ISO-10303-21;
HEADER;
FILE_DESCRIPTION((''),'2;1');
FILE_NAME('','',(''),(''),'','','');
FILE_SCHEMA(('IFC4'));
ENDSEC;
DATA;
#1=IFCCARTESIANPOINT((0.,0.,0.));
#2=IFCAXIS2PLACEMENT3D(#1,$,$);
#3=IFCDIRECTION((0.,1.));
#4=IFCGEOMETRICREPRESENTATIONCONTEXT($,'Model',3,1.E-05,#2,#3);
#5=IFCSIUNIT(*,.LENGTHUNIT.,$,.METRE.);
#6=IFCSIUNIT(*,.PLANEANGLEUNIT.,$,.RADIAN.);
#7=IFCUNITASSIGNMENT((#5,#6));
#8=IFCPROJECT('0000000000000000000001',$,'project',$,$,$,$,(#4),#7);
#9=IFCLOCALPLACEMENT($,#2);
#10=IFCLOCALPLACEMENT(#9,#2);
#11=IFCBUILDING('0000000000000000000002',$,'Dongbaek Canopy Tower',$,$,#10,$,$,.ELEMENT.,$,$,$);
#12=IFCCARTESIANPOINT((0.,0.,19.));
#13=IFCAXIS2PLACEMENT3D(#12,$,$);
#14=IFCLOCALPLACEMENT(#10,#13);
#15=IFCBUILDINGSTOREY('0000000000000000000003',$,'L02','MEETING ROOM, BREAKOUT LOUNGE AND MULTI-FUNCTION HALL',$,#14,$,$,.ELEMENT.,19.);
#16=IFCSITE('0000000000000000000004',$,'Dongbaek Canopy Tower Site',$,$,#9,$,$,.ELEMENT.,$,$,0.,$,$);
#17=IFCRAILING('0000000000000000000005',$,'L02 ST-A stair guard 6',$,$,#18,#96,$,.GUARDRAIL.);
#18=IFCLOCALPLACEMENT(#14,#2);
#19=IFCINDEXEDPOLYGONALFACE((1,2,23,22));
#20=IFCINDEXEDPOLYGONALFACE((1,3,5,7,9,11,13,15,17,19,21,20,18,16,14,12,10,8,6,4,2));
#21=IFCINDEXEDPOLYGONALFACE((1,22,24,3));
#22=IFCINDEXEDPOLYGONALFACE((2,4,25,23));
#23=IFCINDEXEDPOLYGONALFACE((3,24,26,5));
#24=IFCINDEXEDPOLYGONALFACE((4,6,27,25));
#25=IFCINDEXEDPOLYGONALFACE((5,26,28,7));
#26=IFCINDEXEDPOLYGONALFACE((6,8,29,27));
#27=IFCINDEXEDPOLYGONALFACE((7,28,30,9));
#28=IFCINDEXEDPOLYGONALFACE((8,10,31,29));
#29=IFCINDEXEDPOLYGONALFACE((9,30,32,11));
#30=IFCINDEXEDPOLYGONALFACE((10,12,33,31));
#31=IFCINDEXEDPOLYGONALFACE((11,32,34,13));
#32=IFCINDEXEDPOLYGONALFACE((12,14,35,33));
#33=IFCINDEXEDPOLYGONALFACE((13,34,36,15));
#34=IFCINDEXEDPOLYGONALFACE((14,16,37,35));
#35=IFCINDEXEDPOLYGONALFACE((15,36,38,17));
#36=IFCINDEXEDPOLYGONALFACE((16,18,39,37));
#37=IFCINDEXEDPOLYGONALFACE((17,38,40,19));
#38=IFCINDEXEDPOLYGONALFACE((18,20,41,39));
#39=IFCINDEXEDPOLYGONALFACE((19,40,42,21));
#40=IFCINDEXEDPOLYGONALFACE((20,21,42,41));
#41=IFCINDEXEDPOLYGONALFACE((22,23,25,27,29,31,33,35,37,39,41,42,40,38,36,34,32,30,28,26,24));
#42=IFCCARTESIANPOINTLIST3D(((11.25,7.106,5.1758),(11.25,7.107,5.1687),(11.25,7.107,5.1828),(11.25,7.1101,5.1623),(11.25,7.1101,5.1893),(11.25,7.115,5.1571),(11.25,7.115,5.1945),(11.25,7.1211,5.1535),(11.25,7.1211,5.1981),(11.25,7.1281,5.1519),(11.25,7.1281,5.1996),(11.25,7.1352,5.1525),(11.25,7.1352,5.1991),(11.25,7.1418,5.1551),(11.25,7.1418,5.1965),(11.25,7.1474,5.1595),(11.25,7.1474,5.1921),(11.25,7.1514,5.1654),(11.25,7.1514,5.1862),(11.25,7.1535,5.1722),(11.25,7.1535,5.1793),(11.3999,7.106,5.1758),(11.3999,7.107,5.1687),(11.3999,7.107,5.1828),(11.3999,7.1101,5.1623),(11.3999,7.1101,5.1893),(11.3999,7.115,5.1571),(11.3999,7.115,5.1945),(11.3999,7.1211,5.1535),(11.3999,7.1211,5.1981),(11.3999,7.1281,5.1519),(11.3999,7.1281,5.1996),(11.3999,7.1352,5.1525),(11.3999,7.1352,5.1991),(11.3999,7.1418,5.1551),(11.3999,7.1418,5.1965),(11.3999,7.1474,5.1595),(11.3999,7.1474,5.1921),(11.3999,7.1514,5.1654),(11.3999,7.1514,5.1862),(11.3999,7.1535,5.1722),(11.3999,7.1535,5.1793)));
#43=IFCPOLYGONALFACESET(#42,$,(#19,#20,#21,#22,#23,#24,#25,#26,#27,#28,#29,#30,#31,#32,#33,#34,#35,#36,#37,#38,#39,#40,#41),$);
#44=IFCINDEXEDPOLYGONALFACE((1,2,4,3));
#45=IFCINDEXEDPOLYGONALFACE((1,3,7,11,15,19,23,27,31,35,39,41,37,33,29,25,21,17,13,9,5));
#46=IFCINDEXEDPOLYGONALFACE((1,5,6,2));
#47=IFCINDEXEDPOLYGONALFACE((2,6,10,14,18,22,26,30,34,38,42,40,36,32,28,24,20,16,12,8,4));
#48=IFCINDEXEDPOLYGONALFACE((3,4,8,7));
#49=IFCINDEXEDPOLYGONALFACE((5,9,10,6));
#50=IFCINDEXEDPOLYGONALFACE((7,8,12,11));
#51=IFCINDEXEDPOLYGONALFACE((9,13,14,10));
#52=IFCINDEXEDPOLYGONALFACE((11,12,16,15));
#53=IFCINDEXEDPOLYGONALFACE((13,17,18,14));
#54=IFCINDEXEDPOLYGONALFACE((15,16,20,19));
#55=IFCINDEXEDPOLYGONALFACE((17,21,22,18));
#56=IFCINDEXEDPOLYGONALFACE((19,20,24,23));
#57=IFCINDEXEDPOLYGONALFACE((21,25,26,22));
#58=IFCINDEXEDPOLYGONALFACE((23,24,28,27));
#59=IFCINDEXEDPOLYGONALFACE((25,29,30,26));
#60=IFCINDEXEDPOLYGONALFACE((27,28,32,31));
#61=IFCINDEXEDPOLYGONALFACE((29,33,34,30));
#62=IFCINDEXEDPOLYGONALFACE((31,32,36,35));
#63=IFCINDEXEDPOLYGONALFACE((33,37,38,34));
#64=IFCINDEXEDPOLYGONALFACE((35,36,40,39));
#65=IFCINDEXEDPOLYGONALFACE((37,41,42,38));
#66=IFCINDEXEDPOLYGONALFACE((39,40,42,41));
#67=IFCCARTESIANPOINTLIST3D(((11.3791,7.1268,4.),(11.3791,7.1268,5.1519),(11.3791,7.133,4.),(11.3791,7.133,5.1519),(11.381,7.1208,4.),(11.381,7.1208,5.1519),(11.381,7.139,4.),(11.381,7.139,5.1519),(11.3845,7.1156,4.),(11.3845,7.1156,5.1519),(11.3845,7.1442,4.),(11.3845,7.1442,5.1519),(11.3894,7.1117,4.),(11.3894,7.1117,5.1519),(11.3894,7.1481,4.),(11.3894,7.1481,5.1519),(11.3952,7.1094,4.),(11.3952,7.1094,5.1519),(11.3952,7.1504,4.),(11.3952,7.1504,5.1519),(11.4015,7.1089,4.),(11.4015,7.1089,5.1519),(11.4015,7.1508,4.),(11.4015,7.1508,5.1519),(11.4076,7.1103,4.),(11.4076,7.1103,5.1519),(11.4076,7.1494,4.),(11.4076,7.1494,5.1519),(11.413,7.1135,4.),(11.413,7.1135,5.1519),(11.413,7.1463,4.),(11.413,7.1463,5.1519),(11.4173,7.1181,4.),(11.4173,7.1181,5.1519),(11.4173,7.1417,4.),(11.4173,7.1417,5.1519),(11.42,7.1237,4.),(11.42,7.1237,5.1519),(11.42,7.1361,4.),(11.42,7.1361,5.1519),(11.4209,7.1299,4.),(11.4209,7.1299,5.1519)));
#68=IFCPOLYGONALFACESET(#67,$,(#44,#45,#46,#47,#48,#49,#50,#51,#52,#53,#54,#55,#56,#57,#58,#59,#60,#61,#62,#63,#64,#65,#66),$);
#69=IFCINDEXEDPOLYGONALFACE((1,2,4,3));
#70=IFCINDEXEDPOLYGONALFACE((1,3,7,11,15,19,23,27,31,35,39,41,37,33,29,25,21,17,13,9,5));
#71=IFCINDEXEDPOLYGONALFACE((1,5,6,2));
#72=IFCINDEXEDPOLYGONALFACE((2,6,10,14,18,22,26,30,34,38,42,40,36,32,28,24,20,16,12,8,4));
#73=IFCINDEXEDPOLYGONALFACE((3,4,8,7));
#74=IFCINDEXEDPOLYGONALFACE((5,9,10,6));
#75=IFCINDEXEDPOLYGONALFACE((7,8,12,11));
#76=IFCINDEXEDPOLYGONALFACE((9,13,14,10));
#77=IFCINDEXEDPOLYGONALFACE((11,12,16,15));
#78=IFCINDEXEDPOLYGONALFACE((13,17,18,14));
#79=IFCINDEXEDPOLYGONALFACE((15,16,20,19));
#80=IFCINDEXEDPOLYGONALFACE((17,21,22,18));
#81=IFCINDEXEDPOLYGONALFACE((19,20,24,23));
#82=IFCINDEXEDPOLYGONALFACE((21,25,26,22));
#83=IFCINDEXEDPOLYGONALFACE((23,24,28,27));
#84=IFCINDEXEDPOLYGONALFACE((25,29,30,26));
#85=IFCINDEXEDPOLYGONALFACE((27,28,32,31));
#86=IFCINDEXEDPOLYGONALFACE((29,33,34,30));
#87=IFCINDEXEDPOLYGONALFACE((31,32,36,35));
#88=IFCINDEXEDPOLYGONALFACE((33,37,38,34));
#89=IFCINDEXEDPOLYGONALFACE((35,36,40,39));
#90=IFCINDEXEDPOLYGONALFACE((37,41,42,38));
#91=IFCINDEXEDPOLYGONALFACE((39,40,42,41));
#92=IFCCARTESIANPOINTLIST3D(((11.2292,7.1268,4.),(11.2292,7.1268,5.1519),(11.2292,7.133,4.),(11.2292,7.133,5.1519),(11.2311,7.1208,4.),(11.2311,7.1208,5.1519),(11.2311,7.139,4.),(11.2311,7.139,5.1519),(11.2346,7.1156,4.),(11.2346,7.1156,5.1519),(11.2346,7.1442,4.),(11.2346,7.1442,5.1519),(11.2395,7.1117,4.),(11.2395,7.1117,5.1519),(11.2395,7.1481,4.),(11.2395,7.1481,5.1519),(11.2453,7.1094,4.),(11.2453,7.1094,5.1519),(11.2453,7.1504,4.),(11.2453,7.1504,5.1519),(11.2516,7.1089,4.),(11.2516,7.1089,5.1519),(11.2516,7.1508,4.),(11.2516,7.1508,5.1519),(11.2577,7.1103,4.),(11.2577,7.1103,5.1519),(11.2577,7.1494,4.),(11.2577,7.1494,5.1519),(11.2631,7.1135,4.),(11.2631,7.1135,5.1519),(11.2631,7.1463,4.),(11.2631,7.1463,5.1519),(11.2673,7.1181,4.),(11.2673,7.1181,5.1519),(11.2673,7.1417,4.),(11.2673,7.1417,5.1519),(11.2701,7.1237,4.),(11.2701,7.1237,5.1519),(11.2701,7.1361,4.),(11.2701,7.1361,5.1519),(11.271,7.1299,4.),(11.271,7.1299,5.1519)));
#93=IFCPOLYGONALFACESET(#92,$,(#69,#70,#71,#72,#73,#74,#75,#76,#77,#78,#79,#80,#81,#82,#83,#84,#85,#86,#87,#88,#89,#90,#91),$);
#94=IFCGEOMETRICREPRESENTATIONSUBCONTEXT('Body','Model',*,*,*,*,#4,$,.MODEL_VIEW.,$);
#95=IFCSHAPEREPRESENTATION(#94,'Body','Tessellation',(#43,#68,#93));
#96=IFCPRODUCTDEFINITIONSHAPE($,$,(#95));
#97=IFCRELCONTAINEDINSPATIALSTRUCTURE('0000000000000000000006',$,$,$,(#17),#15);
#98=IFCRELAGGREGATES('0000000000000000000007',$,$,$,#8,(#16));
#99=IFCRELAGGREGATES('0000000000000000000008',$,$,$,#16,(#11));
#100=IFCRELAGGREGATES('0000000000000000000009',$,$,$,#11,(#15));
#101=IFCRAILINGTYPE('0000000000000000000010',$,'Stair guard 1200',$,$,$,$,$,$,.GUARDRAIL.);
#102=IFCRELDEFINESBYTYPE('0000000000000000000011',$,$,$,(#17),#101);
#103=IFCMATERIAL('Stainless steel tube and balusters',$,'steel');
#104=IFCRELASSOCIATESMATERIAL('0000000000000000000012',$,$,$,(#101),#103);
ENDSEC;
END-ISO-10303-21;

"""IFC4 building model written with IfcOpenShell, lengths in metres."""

from ifc_helpers import new_model, si_unit, direction, frame, origin, origin_2d, place, context, subcontext, project, spatial, circle, extrude, material, type_object, element, save


model = new_model("IFC4")

# Units and contexts
model_context = context("Model", 3, precision=1e-05, world=origin(), true_north=direction((0.0, 1.0)))
body_context = subcontext(model_context, "Body", "Model", "MODEL_VIEW")
ifc_project = project(units=[si_unit("LENGTHUNIT", "METRE"), si_unit("PLANEANGLEUNIT", "RADIAN")], contexts=[model_context])

# Site, building, storey
site_placement = place(None, origin())
site = spatial("IfcSite", under=ifc_project, at=site_placement, Name="Dongbaek Canopy Tower Site", CompositionType="ELEMENT", RefElevation=0.0)
building_placement = place(site_placement, origin())
building = spatial("IfcBuilding", under=site, at=building_placement, Name="Dongbaek Canopy Tower", CompositionType="ELEMENT")
storey_placement = place(building_placement, frame((0.0, 0.0, 19.0)))
storey = spatial("IfcBuildingStorey", under=building, at=storey_placement, Name="L02", Description="MEETING ROOM, BREAKOUT LOUNGE AND MULTI-FUNCTION HALL", CompositionType="ELEMENT", Elevation=19.0)

# Railing
ifc_material_1 = material(Name="Stainless steel tube and balusters", Category="steel")
railing_type_1 = type_object("IfcRailingType", Name="Stair guard 1200", PredefinedType="GUARDRAIL", material=ifc_material_1)
railing_1_placement = place(storey_placement, frame((11.3999, 7.1299, 4.0)))
element("IfcRailing", 1, at=railing_1_placement, inside=storey, type_object=railing_type_1, Name="L02 ST-A stair guard 6", PredefinedType="GUARDRAIL", context=body_context, shape_type="SweptSolid", body=[
    extrude(circle(Radius=0.0239, at=origin_2d()), frame((0.0, 0.0, 1.1758), z_axis=(-1.0, 0.0, 0.0), x_axis=(0.0, -1.0, 0.0)), (0.0, 0.0, 1.0), 0.1499),
    extrude(circle(Radius=0.021, at=origin_2d()), origin(), (0.0, 0.0, 1.0), 1.1519),
    extrude(circle(Radius=0.021, at=origin_2d()), frame((-0.1499, 0.0, 0.0)), (0.0, 0.0, 1.0), 1.1519),
])

save(model, "model.ifc")
